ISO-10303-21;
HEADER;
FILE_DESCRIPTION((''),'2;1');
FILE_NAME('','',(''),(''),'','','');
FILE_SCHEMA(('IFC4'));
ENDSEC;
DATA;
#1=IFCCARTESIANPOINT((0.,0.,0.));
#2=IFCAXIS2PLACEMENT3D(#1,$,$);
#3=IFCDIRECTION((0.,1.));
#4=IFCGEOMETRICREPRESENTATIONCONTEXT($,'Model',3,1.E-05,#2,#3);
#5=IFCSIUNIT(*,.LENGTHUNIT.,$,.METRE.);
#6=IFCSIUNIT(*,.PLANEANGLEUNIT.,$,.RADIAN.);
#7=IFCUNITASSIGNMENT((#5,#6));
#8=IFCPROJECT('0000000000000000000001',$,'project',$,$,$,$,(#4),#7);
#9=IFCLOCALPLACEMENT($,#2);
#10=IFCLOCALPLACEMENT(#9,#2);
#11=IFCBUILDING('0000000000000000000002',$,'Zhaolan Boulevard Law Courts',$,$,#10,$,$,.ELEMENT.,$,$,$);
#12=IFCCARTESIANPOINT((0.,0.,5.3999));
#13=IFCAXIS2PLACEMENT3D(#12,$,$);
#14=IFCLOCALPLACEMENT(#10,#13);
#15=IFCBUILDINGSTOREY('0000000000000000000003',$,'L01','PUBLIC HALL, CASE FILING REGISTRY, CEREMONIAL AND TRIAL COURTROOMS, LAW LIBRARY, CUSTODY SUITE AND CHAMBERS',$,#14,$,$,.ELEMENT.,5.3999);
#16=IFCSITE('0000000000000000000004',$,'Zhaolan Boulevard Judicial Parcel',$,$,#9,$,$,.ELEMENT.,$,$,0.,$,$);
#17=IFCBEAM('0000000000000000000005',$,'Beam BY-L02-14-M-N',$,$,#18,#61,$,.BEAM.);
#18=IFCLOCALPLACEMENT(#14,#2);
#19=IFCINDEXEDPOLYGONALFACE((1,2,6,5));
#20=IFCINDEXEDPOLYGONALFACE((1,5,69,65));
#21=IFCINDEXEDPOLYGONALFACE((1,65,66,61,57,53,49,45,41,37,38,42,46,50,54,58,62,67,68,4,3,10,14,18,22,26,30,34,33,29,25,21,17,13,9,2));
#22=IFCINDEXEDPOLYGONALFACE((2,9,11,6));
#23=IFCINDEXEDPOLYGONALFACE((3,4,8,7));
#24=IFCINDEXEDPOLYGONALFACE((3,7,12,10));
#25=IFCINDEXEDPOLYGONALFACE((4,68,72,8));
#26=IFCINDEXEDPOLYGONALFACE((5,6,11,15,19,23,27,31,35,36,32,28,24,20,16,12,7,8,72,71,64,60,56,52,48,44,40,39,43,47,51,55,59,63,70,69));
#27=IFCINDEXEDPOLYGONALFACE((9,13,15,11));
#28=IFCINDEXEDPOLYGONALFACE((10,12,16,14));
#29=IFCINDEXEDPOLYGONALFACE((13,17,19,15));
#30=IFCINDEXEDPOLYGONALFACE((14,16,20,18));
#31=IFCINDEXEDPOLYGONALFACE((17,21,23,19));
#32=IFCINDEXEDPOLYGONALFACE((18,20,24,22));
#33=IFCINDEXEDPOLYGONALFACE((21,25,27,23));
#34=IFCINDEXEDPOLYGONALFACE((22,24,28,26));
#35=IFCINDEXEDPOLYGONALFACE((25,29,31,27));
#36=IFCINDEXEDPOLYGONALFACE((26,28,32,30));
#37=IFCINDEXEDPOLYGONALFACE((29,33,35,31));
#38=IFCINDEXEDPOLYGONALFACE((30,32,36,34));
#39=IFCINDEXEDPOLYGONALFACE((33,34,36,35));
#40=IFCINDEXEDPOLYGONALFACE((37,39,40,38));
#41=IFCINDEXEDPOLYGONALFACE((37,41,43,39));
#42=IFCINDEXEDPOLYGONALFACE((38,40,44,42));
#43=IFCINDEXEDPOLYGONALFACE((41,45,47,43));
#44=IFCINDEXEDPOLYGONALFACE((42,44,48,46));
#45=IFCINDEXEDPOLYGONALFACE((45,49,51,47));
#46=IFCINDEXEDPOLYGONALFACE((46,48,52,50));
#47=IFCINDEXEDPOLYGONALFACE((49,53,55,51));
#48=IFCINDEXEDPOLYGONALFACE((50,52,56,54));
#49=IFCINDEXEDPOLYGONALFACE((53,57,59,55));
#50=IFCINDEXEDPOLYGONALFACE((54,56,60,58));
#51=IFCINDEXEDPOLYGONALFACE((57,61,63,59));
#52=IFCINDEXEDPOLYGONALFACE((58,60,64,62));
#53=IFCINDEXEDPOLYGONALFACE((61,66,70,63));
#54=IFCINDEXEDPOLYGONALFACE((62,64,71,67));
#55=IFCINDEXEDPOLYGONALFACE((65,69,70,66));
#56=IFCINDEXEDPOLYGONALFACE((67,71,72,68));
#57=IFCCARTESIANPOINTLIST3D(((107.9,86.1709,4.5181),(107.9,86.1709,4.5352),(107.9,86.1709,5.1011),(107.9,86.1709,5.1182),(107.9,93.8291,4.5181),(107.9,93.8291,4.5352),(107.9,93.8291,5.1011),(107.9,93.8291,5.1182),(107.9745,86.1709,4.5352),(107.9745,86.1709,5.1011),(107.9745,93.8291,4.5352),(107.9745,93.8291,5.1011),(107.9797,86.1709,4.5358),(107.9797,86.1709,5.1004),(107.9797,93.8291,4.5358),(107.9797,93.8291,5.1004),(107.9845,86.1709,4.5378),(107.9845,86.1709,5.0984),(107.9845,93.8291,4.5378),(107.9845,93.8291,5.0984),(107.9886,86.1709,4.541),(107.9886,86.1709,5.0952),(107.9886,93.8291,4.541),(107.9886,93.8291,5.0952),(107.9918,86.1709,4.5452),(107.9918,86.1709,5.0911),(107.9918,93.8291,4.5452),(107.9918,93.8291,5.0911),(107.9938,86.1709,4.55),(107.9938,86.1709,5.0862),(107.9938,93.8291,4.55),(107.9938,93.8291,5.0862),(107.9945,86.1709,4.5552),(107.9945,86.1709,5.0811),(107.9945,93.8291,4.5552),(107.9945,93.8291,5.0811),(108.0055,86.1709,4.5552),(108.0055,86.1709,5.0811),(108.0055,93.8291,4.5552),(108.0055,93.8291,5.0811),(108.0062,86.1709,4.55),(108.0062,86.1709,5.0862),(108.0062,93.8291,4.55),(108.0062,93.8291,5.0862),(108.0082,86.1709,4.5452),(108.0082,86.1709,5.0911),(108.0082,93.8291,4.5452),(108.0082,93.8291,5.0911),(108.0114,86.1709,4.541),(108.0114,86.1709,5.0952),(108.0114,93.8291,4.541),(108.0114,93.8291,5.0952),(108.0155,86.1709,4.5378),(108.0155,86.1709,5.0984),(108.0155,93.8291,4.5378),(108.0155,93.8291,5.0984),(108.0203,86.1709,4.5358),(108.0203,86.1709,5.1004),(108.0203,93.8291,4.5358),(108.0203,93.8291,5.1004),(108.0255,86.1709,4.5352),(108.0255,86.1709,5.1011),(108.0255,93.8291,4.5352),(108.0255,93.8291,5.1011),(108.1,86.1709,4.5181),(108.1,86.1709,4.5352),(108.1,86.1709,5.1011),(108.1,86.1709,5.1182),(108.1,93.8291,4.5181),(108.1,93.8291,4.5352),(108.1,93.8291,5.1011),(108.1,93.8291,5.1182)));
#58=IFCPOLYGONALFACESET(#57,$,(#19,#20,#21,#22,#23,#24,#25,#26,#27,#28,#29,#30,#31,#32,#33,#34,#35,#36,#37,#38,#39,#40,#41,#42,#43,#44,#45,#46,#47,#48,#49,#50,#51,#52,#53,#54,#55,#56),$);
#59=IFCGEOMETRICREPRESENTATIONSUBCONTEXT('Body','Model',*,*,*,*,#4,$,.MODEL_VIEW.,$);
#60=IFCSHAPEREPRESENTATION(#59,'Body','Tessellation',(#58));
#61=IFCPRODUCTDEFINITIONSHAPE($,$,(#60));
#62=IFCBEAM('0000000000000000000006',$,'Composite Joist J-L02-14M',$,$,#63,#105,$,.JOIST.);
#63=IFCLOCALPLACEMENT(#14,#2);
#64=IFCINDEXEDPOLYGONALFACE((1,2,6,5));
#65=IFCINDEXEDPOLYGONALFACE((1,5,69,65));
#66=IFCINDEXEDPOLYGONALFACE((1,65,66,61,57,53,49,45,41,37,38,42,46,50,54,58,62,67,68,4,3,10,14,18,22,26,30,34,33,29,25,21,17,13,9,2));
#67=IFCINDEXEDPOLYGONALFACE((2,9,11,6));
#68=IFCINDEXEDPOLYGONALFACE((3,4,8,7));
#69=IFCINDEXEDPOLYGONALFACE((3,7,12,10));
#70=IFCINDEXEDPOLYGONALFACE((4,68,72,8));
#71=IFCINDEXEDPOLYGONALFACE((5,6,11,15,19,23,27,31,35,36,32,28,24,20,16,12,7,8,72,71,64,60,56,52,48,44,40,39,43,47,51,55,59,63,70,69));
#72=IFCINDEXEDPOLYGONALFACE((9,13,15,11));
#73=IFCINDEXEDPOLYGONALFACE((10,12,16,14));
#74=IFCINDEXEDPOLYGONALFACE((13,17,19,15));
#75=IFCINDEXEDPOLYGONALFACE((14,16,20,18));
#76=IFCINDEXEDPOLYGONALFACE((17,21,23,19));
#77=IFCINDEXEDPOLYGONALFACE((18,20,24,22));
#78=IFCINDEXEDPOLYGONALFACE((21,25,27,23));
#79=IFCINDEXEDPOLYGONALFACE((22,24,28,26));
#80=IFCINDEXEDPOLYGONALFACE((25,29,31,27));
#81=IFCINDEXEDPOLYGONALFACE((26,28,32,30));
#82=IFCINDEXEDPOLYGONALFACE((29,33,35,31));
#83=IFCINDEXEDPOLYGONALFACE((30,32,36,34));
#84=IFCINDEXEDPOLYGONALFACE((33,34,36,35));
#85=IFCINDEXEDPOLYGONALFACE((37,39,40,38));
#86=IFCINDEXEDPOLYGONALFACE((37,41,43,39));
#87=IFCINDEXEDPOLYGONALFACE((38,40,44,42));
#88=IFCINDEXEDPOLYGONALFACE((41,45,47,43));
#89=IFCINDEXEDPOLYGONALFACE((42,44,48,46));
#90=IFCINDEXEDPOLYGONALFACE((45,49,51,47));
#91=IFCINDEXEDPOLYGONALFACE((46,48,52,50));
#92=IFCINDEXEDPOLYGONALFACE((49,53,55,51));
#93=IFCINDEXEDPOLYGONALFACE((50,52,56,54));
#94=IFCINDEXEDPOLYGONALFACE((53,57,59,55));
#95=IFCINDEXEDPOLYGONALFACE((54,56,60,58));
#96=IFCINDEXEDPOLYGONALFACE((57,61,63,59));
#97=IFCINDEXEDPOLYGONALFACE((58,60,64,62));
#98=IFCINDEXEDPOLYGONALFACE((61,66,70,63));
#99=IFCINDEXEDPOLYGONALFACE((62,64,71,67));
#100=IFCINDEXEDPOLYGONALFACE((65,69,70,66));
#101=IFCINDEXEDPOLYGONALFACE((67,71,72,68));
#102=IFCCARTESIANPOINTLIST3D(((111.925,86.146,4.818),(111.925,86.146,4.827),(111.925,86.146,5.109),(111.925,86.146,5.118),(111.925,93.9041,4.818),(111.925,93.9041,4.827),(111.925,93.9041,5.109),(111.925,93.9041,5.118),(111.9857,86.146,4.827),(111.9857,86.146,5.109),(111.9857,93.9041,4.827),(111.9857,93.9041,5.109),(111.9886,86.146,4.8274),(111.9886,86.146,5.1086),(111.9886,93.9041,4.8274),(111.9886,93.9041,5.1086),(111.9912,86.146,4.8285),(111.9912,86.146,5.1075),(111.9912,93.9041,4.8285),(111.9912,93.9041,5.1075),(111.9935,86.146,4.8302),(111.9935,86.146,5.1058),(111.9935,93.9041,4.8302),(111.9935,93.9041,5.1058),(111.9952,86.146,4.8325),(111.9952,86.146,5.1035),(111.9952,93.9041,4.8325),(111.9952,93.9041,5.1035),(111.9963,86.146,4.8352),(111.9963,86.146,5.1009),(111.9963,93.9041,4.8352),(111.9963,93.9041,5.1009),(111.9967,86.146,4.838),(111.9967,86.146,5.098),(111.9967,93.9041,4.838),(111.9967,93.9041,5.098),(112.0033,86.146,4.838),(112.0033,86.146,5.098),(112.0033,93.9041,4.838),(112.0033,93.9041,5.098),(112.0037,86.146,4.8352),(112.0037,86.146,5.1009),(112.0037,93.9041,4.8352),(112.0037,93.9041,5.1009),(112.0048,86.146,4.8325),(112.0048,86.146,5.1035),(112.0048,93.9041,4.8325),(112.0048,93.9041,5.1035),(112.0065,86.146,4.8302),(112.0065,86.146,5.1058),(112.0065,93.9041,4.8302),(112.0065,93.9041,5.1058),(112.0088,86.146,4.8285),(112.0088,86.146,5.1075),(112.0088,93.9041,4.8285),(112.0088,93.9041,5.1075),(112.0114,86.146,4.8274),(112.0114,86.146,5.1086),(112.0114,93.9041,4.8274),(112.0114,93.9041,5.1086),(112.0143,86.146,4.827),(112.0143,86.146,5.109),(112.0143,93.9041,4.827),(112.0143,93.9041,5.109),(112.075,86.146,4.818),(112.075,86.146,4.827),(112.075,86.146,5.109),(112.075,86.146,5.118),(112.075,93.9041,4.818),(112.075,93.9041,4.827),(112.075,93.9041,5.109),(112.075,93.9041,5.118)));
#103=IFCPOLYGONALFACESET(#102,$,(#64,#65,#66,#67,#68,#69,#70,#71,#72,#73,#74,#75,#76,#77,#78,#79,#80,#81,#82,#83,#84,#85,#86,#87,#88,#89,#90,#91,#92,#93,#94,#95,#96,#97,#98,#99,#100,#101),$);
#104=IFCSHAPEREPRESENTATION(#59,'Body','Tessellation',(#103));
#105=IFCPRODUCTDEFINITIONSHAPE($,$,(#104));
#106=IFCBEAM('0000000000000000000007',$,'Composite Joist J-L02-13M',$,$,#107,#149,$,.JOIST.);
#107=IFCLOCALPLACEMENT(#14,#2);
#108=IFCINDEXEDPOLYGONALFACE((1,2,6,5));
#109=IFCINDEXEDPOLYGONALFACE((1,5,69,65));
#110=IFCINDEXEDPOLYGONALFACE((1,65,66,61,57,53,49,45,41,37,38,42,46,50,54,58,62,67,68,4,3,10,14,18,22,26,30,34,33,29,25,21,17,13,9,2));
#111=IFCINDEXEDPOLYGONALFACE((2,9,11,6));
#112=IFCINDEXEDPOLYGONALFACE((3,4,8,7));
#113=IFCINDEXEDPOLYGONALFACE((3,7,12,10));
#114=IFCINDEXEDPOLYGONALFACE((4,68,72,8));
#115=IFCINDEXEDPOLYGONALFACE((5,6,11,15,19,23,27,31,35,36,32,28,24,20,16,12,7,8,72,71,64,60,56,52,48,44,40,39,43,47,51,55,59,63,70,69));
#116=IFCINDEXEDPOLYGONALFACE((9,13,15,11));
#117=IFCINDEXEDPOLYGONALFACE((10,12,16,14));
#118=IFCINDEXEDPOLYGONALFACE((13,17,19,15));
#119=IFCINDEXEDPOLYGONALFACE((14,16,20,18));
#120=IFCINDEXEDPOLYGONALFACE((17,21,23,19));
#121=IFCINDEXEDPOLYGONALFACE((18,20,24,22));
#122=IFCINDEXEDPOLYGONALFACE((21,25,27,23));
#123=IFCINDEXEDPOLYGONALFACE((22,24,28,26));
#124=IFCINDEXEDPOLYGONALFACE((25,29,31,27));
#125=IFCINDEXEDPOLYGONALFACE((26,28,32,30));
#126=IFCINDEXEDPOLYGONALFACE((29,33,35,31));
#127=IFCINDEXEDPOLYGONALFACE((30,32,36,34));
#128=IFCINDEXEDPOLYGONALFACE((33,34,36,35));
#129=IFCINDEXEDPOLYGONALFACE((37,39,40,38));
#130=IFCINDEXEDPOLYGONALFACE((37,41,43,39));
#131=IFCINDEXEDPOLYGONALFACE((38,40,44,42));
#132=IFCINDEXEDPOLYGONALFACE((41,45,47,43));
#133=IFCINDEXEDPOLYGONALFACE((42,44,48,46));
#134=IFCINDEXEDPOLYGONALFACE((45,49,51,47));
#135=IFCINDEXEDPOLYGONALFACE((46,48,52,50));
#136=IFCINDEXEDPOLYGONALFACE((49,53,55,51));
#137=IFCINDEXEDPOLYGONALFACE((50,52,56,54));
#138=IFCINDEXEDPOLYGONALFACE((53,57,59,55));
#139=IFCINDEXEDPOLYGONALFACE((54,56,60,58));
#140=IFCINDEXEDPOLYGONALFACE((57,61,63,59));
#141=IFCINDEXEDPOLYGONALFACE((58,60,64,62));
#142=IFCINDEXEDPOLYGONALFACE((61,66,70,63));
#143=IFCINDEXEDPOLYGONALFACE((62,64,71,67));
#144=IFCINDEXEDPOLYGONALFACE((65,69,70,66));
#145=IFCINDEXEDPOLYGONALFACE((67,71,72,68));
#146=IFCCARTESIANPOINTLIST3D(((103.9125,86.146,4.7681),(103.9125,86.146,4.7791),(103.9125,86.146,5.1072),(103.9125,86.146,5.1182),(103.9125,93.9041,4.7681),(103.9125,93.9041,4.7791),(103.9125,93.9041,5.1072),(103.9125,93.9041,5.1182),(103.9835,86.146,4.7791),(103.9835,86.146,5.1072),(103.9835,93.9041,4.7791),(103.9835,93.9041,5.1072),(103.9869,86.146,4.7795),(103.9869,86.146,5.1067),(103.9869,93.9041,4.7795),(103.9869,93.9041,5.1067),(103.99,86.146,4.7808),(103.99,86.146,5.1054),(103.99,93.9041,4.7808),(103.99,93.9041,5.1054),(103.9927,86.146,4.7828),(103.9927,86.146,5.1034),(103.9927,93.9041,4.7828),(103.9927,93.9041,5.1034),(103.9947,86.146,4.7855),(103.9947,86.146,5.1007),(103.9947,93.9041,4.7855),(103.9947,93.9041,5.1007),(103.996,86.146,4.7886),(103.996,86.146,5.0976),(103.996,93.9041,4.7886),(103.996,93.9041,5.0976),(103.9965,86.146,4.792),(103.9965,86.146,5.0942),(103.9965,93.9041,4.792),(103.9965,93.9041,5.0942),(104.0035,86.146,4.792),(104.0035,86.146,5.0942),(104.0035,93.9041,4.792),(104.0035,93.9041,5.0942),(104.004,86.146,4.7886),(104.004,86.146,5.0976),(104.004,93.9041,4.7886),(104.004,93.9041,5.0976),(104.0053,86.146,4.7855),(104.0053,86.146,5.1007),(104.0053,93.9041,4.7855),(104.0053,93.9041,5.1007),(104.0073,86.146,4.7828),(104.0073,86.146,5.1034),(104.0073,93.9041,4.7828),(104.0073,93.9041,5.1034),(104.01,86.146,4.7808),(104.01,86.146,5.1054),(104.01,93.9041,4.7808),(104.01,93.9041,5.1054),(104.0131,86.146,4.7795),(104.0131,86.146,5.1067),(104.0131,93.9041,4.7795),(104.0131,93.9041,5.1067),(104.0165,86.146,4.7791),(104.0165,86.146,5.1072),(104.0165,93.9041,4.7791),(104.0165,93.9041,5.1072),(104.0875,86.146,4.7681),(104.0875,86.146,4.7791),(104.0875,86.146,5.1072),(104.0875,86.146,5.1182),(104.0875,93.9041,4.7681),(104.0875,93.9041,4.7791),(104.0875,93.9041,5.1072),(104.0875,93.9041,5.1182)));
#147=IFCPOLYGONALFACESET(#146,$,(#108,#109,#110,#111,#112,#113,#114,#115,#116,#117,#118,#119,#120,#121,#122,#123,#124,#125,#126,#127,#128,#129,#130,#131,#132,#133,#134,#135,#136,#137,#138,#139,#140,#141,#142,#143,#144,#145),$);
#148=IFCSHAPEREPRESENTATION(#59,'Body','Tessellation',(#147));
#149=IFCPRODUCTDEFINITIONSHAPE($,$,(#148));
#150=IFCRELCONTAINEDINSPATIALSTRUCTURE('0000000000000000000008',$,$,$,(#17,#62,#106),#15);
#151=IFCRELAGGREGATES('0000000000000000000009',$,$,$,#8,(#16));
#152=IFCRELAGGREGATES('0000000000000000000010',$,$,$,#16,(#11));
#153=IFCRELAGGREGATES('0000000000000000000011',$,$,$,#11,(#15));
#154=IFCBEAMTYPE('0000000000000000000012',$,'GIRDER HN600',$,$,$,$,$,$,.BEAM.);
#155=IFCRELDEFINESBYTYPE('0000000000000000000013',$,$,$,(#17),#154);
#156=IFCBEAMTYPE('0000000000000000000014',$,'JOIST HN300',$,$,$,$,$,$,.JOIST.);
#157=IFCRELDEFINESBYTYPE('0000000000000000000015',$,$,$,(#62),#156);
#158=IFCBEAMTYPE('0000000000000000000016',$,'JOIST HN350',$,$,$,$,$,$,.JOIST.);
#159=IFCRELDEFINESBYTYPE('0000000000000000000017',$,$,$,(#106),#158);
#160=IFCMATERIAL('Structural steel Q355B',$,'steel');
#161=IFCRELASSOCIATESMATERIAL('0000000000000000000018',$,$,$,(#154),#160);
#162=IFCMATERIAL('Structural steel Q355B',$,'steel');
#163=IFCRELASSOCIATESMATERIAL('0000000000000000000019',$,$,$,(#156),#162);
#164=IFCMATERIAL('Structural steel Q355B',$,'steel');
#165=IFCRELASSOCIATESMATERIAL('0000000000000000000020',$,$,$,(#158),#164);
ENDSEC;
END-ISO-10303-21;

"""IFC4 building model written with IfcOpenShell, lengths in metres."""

from ifc_helpers import new_model, si_unit, direction, frame, origin, origin_2d, place, context, subcontext, project, spatial, i_section, extrude, material, material_profile, profile_set, type_object, element, save


model = new_model("IFC4")

# Units and contexts
model_context = context("Model", 3, precision=1e-05, world=origin(), true_north=direction((0.0, 1.0)))
body_context = subcontext(model_context, "Body", "Model", "MODEL_VIEW")
ifc_project = project(units=[si_unit("LENGTHUNIT", "METRE"), si_unit("PLANEANGLEUNIT", "RADIAN")], contexts=[model_context])

# Site, building, storey
site_placement = place(None, origin())
site = spatial("IfcSite", under=ifc_project, at=site_placement, Name="Zhaolan Boulevard Judicial Parcel", CompositionType="ELEMENT", RefElevation=0.0)
building_placement = place(site_placement, origin())
building = spatial("IfcBuilding", under=site, at=building_placement, Name="Zhaolan Boulevard Law Courts", CompositionType="ELEMENT")
storey_placement = place(building_placement, frame((0.0, 0.0, 5.3999)))
storey = spatial("IfcBuildingStorey", under=building, at=storey_placement, Name="L01", Description="PUBLIC HALL, CASE FILING REGISTRY, CEREMONIAL AND TRIAL COURTROOMS, LAW LIBRARY, CUSTODY SUITE AND CHAMBERS", CompositionType="ELEMENT", Elevation=5.3999)

# Beams
ifc_material_1 = material(Name="Structural steel Q355B", Category="steel")
ifc_material_profile_1 = material_profile(ifc_material_1, i_section(OverallWidth=0.2, OverallDepth=0.6001, WebThickness=0.011, FlangeThickness=0.0171, FilletRadius=0.02, at=origin_2d()), Name="HN600x200")
ifc_profile_set_1 = profile_set([ifc_material_profile_1], Name="Structural steel Q355B")
beam_type_1 = type_object("IfcBeamType", Name="GIRDER HN600", PredefinedType="BEAM", material=ifc_profile_set_1)
beam_1_placement = place(storey_placement, frame((108.0, 86.1709, 4.8181), z_axis=(0.0, 1.0, 0.0), x_axis=(-1.0, 0.0, 0.0)))
element("IfcBeam", 1, at=beam_1_placement, inside=storey, type_object=beam_type_1, Name="Beam BY-L02-14-M-N", PredefinedType="BEAM", context=body_context, shape_type="SweptSolid", body=[
    extrude(i_section(OverallWidth=0.2, OverallDepth=0.6001, WebThickness=0.011, FlangeThickness=0.0171, FilletRadius=0.02, at=origin_2d()), origin(), (0.0, 0.0, 1.0), 7.6582),
])
ifc_material_2 = material(Name="Structural steel Q355B", Category="steel")
ifc_material_profile_2 = material_profile(ifc_material_2, i_section(OverallWidth=0.1499, OverallDepth=0.3, WebThickness=0.0066, FlangeThickness=0.009, FilletRadius=0.011, at=origin_2d()), Name="HN300x150")
ifc_profile_set_2 = profile_set([ifc_material_profile_2], Name="Structural steel Q355B")
beam_type_2 = type_object("IfcBeamType", Name="JOIST HN300", PredefinedType="JOIST", material=ifc_profile_set_2)
beam_2_placement = place(storey_placement, frame((112.0, 86.146, 4.968), z_axis=(0.0, 1.0, 0.0), x_axis=(-1.0, 0.0, 0.0)))
element("IfcBeam", 2, at=beam_2_placement, inside=storey, type_object=beam_type_2, Name="Composite Joist J-L02-14M", PredefinedType="JOIST", context=body_context, shape_type="SweptSolid", body=[
    extrude(i_section(OverallWidth=0.1499, OverallDepth=0.3, WebThickness=0.0066, FlangeThickness=0.009, FilletRadius=0.011, at=origin_2d()), origin(), (0.0, 0.0, 1.0), 7.7581),
])
ifc_material_3 = material(Name="Structural steel Q355B", Category="steel")
ifc_material_profile_3 = material_profile(ifc_material_3, i_section(OverallWidth=0.175, OverallDepth=0.3501, WebThickness=0.0071, FlangeThickness=0.011, FilletRadius=0.0129, at=origin_2d()), Name="HN350x175")
ifc_profile_set_3 = profile_set([ifc_material_profile_3], Name="Structural steel Q355B")
beam_type_3 = type_object("IfcBeamType", Name="JOIST HN350", PredefinedType="JOIST", material=ifc_profile_set_3)
beam_3_placement = place(storey_placement, frame((104.0, 86.146, 4.9431), z_axis=(0.0, 1.0, 0.0), x_axis=(-1.0, 0.0, 0.0)))
element("IfcBeam", 3, at=beam_3_placement, inside=storey, type_object=beam_type_3, Name="Composite Joist J-L02-13M", PredefinedType="JOIST", context=body_context, shape_type="SweptSolid", body=[
    extrude(i_section(OverallWidth=0.175, OverallDepth=0.3501, WebThickness=0.0071, FlangeThickness=0.011, FilletRadius=0.0129, at=origin_2d()), origin(), (0.0, 0.0, 1.0), 7.7581),
])

save(model, "model.ifc")
